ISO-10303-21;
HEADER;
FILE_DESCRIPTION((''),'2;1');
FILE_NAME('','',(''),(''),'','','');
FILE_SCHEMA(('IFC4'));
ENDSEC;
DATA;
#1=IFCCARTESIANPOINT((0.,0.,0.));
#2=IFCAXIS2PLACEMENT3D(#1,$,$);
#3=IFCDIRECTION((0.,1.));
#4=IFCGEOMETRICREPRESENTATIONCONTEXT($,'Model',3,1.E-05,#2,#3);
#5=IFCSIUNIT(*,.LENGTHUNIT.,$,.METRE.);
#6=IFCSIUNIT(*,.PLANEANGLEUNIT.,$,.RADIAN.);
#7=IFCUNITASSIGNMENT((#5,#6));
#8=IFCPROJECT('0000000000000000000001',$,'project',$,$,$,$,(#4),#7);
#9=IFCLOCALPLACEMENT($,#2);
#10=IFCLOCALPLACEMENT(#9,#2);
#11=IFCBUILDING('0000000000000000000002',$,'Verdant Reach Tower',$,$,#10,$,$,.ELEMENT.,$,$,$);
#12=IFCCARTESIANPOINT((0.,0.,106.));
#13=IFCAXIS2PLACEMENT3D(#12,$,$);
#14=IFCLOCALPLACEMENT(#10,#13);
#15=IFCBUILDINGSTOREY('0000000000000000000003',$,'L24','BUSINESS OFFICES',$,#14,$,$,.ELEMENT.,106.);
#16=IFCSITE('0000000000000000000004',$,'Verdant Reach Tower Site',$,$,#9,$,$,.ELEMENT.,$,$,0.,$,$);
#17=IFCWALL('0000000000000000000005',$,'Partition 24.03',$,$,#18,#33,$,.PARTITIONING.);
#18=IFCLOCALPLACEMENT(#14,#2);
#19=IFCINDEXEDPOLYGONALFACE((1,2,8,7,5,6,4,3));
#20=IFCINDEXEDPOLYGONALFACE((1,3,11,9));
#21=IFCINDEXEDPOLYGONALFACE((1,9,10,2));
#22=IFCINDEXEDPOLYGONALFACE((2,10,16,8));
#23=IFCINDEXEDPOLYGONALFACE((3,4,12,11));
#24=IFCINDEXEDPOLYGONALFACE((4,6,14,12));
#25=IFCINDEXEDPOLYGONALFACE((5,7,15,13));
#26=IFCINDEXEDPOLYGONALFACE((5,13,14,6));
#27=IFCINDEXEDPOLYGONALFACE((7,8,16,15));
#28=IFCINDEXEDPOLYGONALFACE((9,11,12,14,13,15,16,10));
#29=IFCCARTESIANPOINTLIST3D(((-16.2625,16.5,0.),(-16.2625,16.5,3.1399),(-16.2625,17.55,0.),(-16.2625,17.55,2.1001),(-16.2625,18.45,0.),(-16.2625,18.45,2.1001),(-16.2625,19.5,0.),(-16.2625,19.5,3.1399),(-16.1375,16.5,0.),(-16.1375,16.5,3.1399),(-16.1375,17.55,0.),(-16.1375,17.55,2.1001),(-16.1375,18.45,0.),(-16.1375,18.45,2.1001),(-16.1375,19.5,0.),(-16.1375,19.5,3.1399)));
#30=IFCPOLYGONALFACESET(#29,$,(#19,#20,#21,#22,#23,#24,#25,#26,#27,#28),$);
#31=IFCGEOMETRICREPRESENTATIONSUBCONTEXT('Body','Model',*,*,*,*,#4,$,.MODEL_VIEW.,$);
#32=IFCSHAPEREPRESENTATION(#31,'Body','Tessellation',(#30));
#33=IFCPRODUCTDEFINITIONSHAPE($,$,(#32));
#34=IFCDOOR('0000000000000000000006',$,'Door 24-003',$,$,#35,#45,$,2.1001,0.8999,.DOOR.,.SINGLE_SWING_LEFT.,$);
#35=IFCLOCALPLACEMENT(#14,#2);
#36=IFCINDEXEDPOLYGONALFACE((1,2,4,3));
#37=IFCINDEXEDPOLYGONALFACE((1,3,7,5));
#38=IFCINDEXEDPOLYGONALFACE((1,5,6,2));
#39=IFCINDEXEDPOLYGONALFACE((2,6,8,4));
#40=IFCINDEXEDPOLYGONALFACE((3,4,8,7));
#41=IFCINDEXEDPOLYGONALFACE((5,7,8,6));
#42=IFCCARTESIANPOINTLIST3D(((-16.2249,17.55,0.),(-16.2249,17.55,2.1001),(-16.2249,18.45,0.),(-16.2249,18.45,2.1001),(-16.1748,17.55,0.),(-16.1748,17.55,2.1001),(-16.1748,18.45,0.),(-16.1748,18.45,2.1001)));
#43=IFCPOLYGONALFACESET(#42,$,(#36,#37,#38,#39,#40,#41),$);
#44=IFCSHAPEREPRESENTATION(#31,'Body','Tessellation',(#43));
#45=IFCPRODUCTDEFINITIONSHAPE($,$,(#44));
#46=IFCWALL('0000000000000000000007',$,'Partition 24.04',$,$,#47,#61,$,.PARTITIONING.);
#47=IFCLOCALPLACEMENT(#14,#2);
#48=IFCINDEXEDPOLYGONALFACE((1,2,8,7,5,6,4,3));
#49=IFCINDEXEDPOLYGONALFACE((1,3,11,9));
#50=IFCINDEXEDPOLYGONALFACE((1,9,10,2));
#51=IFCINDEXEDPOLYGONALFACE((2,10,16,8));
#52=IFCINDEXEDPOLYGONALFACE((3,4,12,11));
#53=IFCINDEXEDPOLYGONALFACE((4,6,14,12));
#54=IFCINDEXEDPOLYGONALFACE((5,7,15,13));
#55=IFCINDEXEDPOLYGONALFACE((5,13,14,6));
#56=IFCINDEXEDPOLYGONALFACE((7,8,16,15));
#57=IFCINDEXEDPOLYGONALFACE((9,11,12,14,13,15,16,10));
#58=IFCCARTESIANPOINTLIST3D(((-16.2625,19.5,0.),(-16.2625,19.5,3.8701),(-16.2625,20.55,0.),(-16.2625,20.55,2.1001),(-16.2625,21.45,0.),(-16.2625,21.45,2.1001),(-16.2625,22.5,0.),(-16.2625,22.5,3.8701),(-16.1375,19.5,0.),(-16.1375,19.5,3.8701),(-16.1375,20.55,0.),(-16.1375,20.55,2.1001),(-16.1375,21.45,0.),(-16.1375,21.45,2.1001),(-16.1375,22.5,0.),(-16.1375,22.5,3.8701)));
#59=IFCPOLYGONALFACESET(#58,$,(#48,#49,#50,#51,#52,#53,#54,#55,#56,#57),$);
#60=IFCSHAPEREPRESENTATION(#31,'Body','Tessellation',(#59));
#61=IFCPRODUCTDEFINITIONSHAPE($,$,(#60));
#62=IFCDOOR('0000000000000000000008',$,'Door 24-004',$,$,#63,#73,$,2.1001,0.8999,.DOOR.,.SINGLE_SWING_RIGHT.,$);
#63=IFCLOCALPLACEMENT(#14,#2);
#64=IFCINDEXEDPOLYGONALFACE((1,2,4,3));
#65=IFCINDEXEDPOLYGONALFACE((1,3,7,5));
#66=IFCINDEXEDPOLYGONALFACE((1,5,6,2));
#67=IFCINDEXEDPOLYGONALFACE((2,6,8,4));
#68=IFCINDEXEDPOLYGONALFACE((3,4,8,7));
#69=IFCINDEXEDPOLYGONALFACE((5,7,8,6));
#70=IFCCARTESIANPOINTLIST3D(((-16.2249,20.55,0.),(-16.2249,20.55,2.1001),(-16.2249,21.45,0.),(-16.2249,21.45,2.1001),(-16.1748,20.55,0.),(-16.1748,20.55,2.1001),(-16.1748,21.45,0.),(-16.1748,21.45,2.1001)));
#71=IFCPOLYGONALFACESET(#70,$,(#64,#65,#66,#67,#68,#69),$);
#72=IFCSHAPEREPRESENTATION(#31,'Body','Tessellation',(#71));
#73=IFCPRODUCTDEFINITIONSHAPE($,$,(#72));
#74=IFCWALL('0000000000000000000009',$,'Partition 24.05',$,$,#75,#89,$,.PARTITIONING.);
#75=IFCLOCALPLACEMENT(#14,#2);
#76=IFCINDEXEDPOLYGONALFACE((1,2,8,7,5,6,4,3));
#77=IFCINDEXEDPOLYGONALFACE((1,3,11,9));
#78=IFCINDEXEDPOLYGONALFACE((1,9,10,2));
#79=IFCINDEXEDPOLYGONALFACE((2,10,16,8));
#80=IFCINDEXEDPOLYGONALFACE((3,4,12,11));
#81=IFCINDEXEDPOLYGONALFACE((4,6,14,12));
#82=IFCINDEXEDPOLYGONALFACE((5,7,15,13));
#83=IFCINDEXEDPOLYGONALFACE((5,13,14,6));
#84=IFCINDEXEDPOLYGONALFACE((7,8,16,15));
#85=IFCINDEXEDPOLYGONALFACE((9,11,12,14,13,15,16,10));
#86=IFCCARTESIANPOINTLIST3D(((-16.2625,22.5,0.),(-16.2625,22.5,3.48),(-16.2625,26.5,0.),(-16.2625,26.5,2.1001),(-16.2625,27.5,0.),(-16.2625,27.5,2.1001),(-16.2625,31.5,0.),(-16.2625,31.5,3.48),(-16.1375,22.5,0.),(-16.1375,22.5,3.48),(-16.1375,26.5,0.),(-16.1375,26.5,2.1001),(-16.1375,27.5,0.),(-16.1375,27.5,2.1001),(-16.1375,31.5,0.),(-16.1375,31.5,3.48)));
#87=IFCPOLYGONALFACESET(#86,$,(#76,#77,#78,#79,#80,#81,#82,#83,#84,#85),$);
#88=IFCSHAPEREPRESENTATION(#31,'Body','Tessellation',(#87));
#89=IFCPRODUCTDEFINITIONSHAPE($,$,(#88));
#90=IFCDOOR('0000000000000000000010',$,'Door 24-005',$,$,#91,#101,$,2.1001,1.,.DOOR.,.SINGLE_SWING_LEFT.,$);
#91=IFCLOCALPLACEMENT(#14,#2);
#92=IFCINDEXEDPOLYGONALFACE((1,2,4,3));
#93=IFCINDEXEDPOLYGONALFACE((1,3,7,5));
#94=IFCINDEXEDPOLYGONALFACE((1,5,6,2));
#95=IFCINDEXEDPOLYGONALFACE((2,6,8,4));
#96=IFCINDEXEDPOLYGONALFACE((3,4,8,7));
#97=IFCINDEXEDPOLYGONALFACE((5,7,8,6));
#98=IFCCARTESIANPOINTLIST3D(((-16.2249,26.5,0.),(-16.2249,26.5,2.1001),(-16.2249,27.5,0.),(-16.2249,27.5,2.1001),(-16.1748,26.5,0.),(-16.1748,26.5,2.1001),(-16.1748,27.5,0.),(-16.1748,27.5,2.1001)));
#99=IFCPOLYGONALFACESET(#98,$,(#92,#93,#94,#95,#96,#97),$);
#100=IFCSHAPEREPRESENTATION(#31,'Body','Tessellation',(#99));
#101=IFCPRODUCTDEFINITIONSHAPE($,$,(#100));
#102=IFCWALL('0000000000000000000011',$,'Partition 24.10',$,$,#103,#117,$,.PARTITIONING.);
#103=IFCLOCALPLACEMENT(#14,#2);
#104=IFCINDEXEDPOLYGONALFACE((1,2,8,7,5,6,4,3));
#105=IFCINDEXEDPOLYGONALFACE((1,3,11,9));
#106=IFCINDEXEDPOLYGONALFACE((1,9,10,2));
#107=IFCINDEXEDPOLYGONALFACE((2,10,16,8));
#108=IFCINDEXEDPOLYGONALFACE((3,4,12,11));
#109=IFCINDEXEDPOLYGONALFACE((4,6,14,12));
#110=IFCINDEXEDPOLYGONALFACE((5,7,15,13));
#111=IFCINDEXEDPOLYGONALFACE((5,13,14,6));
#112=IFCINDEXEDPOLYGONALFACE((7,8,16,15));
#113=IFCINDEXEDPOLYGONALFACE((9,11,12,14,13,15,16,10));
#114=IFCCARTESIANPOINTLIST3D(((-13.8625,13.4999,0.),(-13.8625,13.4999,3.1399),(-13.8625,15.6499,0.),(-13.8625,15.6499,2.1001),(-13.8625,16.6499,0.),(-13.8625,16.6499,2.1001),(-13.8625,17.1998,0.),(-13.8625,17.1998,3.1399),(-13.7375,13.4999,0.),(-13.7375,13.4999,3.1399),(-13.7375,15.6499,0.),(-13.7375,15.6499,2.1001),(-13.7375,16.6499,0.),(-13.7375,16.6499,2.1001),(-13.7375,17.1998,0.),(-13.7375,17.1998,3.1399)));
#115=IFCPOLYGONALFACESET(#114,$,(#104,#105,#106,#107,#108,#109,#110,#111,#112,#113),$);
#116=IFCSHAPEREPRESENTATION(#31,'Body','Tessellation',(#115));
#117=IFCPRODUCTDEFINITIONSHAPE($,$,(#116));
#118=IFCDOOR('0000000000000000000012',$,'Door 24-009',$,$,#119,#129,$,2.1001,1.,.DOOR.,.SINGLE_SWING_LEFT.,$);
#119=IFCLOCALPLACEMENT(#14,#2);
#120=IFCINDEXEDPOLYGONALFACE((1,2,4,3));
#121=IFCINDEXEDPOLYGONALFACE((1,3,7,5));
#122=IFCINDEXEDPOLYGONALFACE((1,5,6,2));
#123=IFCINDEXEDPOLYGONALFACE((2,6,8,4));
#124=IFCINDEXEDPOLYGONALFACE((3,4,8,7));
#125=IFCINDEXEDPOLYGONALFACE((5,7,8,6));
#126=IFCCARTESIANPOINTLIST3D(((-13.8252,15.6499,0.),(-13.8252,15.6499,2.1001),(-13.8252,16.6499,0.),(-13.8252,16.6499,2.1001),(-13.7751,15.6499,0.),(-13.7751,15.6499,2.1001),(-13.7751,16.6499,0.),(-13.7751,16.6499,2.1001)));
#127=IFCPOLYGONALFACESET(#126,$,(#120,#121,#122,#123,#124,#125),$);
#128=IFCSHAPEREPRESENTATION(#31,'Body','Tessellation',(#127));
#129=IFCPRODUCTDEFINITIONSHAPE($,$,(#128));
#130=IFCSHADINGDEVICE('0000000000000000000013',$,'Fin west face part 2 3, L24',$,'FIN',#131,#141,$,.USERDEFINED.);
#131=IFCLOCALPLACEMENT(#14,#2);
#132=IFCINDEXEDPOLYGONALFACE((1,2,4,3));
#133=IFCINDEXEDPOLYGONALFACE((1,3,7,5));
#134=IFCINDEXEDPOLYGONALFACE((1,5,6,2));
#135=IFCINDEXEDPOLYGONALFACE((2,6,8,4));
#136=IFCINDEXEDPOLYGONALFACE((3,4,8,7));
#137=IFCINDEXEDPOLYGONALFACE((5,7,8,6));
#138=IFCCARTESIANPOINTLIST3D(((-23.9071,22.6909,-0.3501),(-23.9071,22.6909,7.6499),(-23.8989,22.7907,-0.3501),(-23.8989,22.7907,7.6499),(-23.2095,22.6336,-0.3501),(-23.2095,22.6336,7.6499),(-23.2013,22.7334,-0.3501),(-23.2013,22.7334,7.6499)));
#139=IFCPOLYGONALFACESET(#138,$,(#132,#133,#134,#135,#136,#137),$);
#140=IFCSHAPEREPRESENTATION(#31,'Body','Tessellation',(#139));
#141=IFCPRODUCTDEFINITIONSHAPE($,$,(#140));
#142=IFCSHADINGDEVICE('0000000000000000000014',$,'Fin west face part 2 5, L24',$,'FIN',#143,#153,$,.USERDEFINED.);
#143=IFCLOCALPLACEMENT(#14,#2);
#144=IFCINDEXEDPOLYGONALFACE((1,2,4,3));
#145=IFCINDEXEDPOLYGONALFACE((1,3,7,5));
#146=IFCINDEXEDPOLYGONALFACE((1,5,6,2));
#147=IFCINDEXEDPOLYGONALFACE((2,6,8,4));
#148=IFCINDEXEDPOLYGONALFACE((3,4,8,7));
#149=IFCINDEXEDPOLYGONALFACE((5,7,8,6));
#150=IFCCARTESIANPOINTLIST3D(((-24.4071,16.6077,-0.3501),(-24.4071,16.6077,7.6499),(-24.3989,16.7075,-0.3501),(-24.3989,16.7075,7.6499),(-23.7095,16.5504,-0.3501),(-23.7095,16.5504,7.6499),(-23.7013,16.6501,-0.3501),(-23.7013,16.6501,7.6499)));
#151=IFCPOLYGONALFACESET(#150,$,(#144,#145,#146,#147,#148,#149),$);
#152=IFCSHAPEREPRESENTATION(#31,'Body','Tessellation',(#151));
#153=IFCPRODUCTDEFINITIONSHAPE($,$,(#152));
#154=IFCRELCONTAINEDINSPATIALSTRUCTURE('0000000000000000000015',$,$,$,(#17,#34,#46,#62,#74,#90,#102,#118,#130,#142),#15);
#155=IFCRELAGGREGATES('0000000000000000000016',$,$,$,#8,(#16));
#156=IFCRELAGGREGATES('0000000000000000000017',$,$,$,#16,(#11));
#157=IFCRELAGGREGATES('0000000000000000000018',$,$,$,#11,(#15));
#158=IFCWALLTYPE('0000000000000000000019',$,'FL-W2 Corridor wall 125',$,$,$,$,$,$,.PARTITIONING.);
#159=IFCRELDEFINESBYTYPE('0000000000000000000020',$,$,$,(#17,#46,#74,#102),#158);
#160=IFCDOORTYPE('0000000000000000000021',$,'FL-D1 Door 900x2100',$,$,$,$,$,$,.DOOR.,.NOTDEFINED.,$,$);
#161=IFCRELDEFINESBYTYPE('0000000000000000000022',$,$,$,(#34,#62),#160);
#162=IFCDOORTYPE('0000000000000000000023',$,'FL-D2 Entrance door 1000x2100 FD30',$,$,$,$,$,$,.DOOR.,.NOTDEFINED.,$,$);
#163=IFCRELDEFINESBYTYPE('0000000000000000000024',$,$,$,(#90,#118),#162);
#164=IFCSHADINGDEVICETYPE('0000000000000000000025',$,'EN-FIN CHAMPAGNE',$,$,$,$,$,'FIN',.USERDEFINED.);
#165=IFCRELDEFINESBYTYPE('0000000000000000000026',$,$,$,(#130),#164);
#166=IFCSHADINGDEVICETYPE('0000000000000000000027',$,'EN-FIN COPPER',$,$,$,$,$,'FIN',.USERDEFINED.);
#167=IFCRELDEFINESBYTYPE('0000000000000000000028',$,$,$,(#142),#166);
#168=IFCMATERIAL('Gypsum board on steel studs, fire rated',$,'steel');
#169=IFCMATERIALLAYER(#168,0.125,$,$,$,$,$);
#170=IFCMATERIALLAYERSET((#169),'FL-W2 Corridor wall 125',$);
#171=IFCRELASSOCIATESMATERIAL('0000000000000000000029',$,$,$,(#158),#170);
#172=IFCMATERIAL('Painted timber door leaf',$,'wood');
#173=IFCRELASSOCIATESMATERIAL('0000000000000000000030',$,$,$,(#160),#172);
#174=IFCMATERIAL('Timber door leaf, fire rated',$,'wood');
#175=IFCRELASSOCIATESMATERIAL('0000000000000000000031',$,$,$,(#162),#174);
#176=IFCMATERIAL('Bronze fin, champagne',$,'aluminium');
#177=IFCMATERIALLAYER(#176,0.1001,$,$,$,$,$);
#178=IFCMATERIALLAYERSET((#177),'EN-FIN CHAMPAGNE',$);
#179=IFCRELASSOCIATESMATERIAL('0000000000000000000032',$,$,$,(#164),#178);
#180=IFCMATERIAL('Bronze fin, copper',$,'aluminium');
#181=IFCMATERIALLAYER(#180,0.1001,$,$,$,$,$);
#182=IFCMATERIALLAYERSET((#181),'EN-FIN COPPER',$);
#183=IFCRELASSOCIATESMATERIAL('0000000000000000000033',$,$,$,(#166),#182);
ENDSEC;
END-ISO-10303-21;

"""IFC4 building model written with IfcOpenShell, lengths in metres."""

from ifc_helpers import new_model, si_unit, direction, frame, frame_2d, origin, origin_2d, place, context, subcontext, project, spatial, rectangle, extrude, material, layer, layer_set, type_object, element, fill, save


model = new_model("IFC4")

# Units and contexts
model_context = context("Model", 3, precision=1e-05, world=origin(), true_north=direction((0.0, 1.0)))
body_context = subcontext(model_context, "Body", "Model", "MODEL_VIEW")
ifc_project = project(units=[si_unit("LENGTHUNIT", "METRE"), si_unit("PLANEANGLEUNIT", "RADIAN")], contexts=[model_context])

# Site, building, storey
site_placement = place(None, origin())
site = spatial("IfcSite", under=ifc_project, at=site_placement, Name="Verdant Reach Tower Site", CompositionType="ELEMENT", RefElevation=0.0)
building_placement = place(site_placement, origin())
building = spatial("IfcBuilding", under=site, at=building_placement, Name="Verdant Reach Tower", CompositionType="ELEMENT")
storey_placement = place(building_placement, frame((0.0, 0.0, 106.0)))
storey = spatial("IfcBuildingStorey", under=building, at=storey_placement, Name="L24", Description="BUSINESS OFFICES", CompositionType="ELEMENT", Elevation=106.0)

# Walls, openings, doors
ifc_material_1 = material(Name="Gypsum board on steel studs, fire rated", Category="steel")
ifc_layer_1 = layer(ifc_material_1, 0.125)
ifc_layer_set_1 = layer_set([ifc_layer_1], Name="FL-W2 Corridor wall 125")
wall_type_1 = type_object("IfcWallType", Name="FL-W2 Corridor wall 125", PredefinedType="PARTITIONING", material=ifc_layer_set_1)
wall_1_placement = place(storey_placement, frame((-16.2, 16.5, 0.0), z_axis=(0.0, 0.0, 1.0), x_axis=(0.0, 1.0, 0.0)))
wall_1 = element("IfcWall", 1, at=wall_1_placement, inside=storey, type_object=wall_type_1, Name="Partition 24.03", PredefinedType="PARTITIONING", context=body_context, shape_type="SweptSolid", body=[
    extrude(rectangle(XDim=3.0, YDim=0.125, at=frame_2d((1.5, 0.0))), origin(), (0.0, 0.0, 1.0), 3.1399),
])
opening_1_placement = place(wall_1_placement, frame((1.05, 0.0, 0.0)))
opening_1 = element("IfcOpeningElement", 2, at=opening_1_placement, cuts=wall_1, PredefinedType="OPENING", context=body_context, shape_type="SweptSolid", body=[
    extrude(rectangle(XDim=0.8999, YDim=2.1001, at=frame_2d((0.45, 1.05))), frame((0.0, 0.0725, 0.0), z_axis=(0.0, -1.0, 0.0), x_axis=(1.0, 0.0, 0.0)), (0.0, 0.0, 1.0), 0.145),
])
ifc_material_2 = material(Name="Painted timber door leaf", Category="wood")
door_type_1 = type_object("IfcDoorType", Name="FL-D1 Door 900x2100", OperationType="NOTDEFINED", PredefinedType="DOOR", material=ifc_material_2)
door_1_placement = place(opening_1_placement, origin())
door_1 = element("IfcDoor", 3, at=door_1_placement, inside=storey, type_object=door_type_1, Name="Door 24-003", OperationType="SINGLE_SWING_LEFT", OverallHeight=2.1001, OverallWidth=0.8999, PredefinedType="DOOR", context=body_context, shape_type="SweptSolid", body=[
    extrude(rectangle(XDim=0.8999, YDim=2.1001, at=frame_2d((0.45, 1.05))), frame((0.0, 0.0249, 0.0), z_axis=(0.0, -1.0, 0.0), x_axis=(1.0, 0.0, 0.0)), (0.0, 0.0, 1.0), 0.05),
])
fill(opening_1, door_1)
wall_2_placement = place(storey_placement, frame((-16.2, 19.5, 0.0), z_axis=(0.0, 0.0, 1.0), x_axis=(0.0, 1.0, 0.0)))
wall_2 = element("IfcWall", 4, at=wall_2_placement, inside=storey, type_object=wall_type_1, Name="Partition 24.04", PredefinedType="PARTITIONING", context=body_context, shape_type="SweptSolid", body=[
    extrude(rectangle(XDim=3.0, YDim=0.125, at=frame_2d((1.5, 0.0))), origin(), (0.0, 0.0, 1.0), 3.8701),
])
opening_2_placement = place(wall_2_placement, frame((1.05, 0.0, 0.0)))
opening_2 = element("IfcOpeningElement", 5, at=opening_2_placement, cuts=wall_2, PredefinedType="OPENING", context=body_context, shape_type="SweptSolid", body=[
    extrude(rectangle(XDim=0.8999, YDim=2.1001, at=frame_2d((0.45, 1.05))), frame((0.0, 0.0725, 0.0), z_axis=(0.0, -1.0, 0.0), x_axis=(1.0, 0.0, 0.0)), (0.0, 0.0, 1.0), 0.145),
])
door_2_placement = place(opening_2_placement, origin())
door_2 = element("IfcDoor", 6, at=door_2_placement, inside=storey, type_object=door_type_1, Name="Door 24-004", OperationType="SINGLE_SWING_RIGHT", OverallHeight=2.1001, OverallWidth=0.8999, PredefinedType="DOOR", context=body_context, shape_type="SweptSolid", body=[
    extrude(rectangle(XDim=0.8999, YDim=2.1001, at=frame_2d((0.45, 1.05))), frame((0.0, 0.0249, 0.0), z_axis=(0.0, -1.0, 0.0), x_axis=(1.0, 0.0, 0.0)), (0.0, 0.0, 1.0), 0.05),
])
fill(opening_2, door_2)
wall_3_placement = place(storey_placement, frame((-16.2, 22.5, 0.0), z_axis=(0.0, 0.0, 1.0), x_axis=(0.0, 1.0, 0.0)))
wall_3 = element("IfcWall", 7, at=wall_3_placement, inside=storey, type_object=wall_type_1, Name="Partition 24.05", PredefinedType="PARTITIONING", context=body_context, shape_type="SweptSolid", body=[
    extrude(rectangle(XDim=9.0, YDim=0.125, at=frame_2d((4.5, 0.0))), origin(), (0.0, 0.0, 1.0), 3.48),
])
opening_3_placement = place(wall_3_placement, frame((4.0, 0.0, 0.0)))
opening_3 = element("IfcOpeningElement", 8, at=opening_3_placement, cuts=wall_3, PredefinedType="OPENING", context=body_context, shape_type="SweptSolid", body=[
    extrude(rectangle(XDim=1.0, YDim=2.1001, at=frame_2d((0.5, 1.05))), frame((0.0, 0.0725, 0.0), z_axis=(0.0, -1.0, 0.0), x_axis=(1.0, 0.0, 0.0)), (0.0, 0.0, 1.0), 0.145),
])
ifc_material_3 = material(Name="Timber door leaf, fire rated", Category="wood")
door_type_2 = type_object("IfcDoorType", Name="FL-D2 Entrance door 1000x2100 FD30", OperationType="NOTDEFINED", PredefinedType="DOOR", material=ifc_material_3)
door_3_placement = place(opening_3_placement, origin())
door_3 = element("IfcDoor", 9, at=door_3_placement, inside=storey, type_object=door_type_2, Name="Door 24-005", OperationType="SINGLE_SWING_LEFT", OverallHeight=2.1001, OverallWidth=1.0, PredefinedType="DOOR", context=body_context, shape_type="SweptSolid", body=[
    extrude(rectangle(XDim=1.0, YDim=2.1001, at=frame_2d((0.5, 1.05))), frame((0.0, 0.0249, 0.0), z_axis=(0.0, -1.0, 0.0), x_axis=(1.0, 0.0, 0.0)), (0.0, 0.0, 1.0), 0.05),
])
fill(opening_3, door_3)
wall_4_placement = place(storey_placement, frame((-13.8, 17.2, 0.0), z_axis=(0.0, 0.0, 1.0), x_axis=(0.0, -1.0, 0.0)))
wall_4 = element("IfcWall", 10, at=wall_4_placement, inside=storey, type_object=wall_type_1, Name="Partition 24.10", PredefinedType="PARTITIONING", context=body_context, shape_type="SweptSolid", body=[
    extrude(rectangle(XDim=3.7, YDim=0.125, at=frame_2d((1.8501, 0.0))), origin(), (0.0, 0.0, 1.0), 3.1399),
])
opening_4_placement = place(wall_4_placement, frame((0.55, 0.0, 0.0)))
opening_4 = element("IfcOpeningElement", 11, at=opening_4_placement, cuts=wall_4, PredefinedType="OPENING", context=body_context, shape_type="SweptSolid", body=[
    extrude(rectangle(XDim=1.0, YDim=2.1001, at=frame_2d((0.5, 1.05))), frame((0.0, 0.0725, 0.0), z_axis=(0.0, -1.0, 0.0), x_axis=(1.0, 0.0, 0.0)), (0.0, 0.0, 1.0), 0.145),
])
door_4_placement = place(opening_4_placement, origin())
door_4 = element("IfcDoor", 12, at=door_4_placement, inside=storey, type_object=door_type_2, Name="Door 24-009", OperationType="SINGLE_SWING_LEFT", OverallHeight=2.1001, OverallWidth=1.0, PredefinedType="DOOR", context=body_context, shape_type="SweptSolid", body=[
    extrude(rectangle(XDim=1.0, YDim=2.1001, at=frame_2d((0.5, 1.05))), frame((0.0, 0.0249, 0.0), z_axis=(0.0, -1.0, 0.0), x_axis=(1.0, 0.0, 0.0)), (0.0, 0.0, 1.0), 0.05),
])
fill(opening_4, door_4)

# Shading devices
ifc_material_4 = material(Name="Bronze fin, champagne", Category="aluminium")
ifc_layer_2 = layer(ifc_material_4, 0.1001)
ifc_layer_set_2 = layer_set([ifc_layer_2], Name="EN-FIN CHAMPAGNE")
shading_device_type_1 = type_object("IfcShadingDeviceType", Name="EN-FIN CHAMPAGNE", ElementType="FIN", PredefinedType="USERDEFINED", material=ifc_layer_set_2)
shading_device_1_placement = place(storey_placement, frame((-23.5542, 22.7122, -0.3501), z_axis=(0.0, 0.0, 1.0), x_axis=(-0.081916, -0.996639, 0.0)))
element("IfcShadingDevice", 13, at=shading_device_1_placement, inside=storey, type_object=shading_device_type_1, Name="Fin west face part 2 3, L24", ObjectType="FIN", PredefinedType="USERDEFINED", context=body_context, shape_type="SweptSolid", body=[
    extrude(rectangle(XDim=0.1001, YDim=0.7, at=origin_2d()), origin(), (0.0, 0.0, 1.0), 8.0),
])
ifc_material_5 = material(Name="Bronze fin, copper", Category="aluminium")
ifc_layer_3 = layer(ifc_material_5, 0.1001)
ifc_layer_set_3 = layer_set([ifc_layer_3], Name="EN-FIN COPPER")
shading_device_type_2 = type_object("IfcShadingDeviceType", Name="EN-FIN COPPER", ElementType="FIN", PredefinedType="USERDEFINED", material=ifc_layer_set_3)
shading_device_2_placement = place(storey_placement, frame((-24.0542, 16.6289, -0.3501), z_axis=(0.0, 0.0, 1.0), x_axis=(-0.081916, -0.996639, 0.0)))
element("IfcShadingDevice", 14, at=shading_device_2_placement, inside=storey, type_object=shading_device_type_2, Name="Fin west face part 2 5, L24", ObjectType="FIN", PredefinedType="USERDEFINED", context=body_context, shape_type="SweptSolid", body=[
    extrude(rectangle(XDim=0.1001, YDim=0.7, at=origin_2d()), origin(), (0.0, 0.0, 1.0), 8.0),
])

save(model, "model.ifc")
